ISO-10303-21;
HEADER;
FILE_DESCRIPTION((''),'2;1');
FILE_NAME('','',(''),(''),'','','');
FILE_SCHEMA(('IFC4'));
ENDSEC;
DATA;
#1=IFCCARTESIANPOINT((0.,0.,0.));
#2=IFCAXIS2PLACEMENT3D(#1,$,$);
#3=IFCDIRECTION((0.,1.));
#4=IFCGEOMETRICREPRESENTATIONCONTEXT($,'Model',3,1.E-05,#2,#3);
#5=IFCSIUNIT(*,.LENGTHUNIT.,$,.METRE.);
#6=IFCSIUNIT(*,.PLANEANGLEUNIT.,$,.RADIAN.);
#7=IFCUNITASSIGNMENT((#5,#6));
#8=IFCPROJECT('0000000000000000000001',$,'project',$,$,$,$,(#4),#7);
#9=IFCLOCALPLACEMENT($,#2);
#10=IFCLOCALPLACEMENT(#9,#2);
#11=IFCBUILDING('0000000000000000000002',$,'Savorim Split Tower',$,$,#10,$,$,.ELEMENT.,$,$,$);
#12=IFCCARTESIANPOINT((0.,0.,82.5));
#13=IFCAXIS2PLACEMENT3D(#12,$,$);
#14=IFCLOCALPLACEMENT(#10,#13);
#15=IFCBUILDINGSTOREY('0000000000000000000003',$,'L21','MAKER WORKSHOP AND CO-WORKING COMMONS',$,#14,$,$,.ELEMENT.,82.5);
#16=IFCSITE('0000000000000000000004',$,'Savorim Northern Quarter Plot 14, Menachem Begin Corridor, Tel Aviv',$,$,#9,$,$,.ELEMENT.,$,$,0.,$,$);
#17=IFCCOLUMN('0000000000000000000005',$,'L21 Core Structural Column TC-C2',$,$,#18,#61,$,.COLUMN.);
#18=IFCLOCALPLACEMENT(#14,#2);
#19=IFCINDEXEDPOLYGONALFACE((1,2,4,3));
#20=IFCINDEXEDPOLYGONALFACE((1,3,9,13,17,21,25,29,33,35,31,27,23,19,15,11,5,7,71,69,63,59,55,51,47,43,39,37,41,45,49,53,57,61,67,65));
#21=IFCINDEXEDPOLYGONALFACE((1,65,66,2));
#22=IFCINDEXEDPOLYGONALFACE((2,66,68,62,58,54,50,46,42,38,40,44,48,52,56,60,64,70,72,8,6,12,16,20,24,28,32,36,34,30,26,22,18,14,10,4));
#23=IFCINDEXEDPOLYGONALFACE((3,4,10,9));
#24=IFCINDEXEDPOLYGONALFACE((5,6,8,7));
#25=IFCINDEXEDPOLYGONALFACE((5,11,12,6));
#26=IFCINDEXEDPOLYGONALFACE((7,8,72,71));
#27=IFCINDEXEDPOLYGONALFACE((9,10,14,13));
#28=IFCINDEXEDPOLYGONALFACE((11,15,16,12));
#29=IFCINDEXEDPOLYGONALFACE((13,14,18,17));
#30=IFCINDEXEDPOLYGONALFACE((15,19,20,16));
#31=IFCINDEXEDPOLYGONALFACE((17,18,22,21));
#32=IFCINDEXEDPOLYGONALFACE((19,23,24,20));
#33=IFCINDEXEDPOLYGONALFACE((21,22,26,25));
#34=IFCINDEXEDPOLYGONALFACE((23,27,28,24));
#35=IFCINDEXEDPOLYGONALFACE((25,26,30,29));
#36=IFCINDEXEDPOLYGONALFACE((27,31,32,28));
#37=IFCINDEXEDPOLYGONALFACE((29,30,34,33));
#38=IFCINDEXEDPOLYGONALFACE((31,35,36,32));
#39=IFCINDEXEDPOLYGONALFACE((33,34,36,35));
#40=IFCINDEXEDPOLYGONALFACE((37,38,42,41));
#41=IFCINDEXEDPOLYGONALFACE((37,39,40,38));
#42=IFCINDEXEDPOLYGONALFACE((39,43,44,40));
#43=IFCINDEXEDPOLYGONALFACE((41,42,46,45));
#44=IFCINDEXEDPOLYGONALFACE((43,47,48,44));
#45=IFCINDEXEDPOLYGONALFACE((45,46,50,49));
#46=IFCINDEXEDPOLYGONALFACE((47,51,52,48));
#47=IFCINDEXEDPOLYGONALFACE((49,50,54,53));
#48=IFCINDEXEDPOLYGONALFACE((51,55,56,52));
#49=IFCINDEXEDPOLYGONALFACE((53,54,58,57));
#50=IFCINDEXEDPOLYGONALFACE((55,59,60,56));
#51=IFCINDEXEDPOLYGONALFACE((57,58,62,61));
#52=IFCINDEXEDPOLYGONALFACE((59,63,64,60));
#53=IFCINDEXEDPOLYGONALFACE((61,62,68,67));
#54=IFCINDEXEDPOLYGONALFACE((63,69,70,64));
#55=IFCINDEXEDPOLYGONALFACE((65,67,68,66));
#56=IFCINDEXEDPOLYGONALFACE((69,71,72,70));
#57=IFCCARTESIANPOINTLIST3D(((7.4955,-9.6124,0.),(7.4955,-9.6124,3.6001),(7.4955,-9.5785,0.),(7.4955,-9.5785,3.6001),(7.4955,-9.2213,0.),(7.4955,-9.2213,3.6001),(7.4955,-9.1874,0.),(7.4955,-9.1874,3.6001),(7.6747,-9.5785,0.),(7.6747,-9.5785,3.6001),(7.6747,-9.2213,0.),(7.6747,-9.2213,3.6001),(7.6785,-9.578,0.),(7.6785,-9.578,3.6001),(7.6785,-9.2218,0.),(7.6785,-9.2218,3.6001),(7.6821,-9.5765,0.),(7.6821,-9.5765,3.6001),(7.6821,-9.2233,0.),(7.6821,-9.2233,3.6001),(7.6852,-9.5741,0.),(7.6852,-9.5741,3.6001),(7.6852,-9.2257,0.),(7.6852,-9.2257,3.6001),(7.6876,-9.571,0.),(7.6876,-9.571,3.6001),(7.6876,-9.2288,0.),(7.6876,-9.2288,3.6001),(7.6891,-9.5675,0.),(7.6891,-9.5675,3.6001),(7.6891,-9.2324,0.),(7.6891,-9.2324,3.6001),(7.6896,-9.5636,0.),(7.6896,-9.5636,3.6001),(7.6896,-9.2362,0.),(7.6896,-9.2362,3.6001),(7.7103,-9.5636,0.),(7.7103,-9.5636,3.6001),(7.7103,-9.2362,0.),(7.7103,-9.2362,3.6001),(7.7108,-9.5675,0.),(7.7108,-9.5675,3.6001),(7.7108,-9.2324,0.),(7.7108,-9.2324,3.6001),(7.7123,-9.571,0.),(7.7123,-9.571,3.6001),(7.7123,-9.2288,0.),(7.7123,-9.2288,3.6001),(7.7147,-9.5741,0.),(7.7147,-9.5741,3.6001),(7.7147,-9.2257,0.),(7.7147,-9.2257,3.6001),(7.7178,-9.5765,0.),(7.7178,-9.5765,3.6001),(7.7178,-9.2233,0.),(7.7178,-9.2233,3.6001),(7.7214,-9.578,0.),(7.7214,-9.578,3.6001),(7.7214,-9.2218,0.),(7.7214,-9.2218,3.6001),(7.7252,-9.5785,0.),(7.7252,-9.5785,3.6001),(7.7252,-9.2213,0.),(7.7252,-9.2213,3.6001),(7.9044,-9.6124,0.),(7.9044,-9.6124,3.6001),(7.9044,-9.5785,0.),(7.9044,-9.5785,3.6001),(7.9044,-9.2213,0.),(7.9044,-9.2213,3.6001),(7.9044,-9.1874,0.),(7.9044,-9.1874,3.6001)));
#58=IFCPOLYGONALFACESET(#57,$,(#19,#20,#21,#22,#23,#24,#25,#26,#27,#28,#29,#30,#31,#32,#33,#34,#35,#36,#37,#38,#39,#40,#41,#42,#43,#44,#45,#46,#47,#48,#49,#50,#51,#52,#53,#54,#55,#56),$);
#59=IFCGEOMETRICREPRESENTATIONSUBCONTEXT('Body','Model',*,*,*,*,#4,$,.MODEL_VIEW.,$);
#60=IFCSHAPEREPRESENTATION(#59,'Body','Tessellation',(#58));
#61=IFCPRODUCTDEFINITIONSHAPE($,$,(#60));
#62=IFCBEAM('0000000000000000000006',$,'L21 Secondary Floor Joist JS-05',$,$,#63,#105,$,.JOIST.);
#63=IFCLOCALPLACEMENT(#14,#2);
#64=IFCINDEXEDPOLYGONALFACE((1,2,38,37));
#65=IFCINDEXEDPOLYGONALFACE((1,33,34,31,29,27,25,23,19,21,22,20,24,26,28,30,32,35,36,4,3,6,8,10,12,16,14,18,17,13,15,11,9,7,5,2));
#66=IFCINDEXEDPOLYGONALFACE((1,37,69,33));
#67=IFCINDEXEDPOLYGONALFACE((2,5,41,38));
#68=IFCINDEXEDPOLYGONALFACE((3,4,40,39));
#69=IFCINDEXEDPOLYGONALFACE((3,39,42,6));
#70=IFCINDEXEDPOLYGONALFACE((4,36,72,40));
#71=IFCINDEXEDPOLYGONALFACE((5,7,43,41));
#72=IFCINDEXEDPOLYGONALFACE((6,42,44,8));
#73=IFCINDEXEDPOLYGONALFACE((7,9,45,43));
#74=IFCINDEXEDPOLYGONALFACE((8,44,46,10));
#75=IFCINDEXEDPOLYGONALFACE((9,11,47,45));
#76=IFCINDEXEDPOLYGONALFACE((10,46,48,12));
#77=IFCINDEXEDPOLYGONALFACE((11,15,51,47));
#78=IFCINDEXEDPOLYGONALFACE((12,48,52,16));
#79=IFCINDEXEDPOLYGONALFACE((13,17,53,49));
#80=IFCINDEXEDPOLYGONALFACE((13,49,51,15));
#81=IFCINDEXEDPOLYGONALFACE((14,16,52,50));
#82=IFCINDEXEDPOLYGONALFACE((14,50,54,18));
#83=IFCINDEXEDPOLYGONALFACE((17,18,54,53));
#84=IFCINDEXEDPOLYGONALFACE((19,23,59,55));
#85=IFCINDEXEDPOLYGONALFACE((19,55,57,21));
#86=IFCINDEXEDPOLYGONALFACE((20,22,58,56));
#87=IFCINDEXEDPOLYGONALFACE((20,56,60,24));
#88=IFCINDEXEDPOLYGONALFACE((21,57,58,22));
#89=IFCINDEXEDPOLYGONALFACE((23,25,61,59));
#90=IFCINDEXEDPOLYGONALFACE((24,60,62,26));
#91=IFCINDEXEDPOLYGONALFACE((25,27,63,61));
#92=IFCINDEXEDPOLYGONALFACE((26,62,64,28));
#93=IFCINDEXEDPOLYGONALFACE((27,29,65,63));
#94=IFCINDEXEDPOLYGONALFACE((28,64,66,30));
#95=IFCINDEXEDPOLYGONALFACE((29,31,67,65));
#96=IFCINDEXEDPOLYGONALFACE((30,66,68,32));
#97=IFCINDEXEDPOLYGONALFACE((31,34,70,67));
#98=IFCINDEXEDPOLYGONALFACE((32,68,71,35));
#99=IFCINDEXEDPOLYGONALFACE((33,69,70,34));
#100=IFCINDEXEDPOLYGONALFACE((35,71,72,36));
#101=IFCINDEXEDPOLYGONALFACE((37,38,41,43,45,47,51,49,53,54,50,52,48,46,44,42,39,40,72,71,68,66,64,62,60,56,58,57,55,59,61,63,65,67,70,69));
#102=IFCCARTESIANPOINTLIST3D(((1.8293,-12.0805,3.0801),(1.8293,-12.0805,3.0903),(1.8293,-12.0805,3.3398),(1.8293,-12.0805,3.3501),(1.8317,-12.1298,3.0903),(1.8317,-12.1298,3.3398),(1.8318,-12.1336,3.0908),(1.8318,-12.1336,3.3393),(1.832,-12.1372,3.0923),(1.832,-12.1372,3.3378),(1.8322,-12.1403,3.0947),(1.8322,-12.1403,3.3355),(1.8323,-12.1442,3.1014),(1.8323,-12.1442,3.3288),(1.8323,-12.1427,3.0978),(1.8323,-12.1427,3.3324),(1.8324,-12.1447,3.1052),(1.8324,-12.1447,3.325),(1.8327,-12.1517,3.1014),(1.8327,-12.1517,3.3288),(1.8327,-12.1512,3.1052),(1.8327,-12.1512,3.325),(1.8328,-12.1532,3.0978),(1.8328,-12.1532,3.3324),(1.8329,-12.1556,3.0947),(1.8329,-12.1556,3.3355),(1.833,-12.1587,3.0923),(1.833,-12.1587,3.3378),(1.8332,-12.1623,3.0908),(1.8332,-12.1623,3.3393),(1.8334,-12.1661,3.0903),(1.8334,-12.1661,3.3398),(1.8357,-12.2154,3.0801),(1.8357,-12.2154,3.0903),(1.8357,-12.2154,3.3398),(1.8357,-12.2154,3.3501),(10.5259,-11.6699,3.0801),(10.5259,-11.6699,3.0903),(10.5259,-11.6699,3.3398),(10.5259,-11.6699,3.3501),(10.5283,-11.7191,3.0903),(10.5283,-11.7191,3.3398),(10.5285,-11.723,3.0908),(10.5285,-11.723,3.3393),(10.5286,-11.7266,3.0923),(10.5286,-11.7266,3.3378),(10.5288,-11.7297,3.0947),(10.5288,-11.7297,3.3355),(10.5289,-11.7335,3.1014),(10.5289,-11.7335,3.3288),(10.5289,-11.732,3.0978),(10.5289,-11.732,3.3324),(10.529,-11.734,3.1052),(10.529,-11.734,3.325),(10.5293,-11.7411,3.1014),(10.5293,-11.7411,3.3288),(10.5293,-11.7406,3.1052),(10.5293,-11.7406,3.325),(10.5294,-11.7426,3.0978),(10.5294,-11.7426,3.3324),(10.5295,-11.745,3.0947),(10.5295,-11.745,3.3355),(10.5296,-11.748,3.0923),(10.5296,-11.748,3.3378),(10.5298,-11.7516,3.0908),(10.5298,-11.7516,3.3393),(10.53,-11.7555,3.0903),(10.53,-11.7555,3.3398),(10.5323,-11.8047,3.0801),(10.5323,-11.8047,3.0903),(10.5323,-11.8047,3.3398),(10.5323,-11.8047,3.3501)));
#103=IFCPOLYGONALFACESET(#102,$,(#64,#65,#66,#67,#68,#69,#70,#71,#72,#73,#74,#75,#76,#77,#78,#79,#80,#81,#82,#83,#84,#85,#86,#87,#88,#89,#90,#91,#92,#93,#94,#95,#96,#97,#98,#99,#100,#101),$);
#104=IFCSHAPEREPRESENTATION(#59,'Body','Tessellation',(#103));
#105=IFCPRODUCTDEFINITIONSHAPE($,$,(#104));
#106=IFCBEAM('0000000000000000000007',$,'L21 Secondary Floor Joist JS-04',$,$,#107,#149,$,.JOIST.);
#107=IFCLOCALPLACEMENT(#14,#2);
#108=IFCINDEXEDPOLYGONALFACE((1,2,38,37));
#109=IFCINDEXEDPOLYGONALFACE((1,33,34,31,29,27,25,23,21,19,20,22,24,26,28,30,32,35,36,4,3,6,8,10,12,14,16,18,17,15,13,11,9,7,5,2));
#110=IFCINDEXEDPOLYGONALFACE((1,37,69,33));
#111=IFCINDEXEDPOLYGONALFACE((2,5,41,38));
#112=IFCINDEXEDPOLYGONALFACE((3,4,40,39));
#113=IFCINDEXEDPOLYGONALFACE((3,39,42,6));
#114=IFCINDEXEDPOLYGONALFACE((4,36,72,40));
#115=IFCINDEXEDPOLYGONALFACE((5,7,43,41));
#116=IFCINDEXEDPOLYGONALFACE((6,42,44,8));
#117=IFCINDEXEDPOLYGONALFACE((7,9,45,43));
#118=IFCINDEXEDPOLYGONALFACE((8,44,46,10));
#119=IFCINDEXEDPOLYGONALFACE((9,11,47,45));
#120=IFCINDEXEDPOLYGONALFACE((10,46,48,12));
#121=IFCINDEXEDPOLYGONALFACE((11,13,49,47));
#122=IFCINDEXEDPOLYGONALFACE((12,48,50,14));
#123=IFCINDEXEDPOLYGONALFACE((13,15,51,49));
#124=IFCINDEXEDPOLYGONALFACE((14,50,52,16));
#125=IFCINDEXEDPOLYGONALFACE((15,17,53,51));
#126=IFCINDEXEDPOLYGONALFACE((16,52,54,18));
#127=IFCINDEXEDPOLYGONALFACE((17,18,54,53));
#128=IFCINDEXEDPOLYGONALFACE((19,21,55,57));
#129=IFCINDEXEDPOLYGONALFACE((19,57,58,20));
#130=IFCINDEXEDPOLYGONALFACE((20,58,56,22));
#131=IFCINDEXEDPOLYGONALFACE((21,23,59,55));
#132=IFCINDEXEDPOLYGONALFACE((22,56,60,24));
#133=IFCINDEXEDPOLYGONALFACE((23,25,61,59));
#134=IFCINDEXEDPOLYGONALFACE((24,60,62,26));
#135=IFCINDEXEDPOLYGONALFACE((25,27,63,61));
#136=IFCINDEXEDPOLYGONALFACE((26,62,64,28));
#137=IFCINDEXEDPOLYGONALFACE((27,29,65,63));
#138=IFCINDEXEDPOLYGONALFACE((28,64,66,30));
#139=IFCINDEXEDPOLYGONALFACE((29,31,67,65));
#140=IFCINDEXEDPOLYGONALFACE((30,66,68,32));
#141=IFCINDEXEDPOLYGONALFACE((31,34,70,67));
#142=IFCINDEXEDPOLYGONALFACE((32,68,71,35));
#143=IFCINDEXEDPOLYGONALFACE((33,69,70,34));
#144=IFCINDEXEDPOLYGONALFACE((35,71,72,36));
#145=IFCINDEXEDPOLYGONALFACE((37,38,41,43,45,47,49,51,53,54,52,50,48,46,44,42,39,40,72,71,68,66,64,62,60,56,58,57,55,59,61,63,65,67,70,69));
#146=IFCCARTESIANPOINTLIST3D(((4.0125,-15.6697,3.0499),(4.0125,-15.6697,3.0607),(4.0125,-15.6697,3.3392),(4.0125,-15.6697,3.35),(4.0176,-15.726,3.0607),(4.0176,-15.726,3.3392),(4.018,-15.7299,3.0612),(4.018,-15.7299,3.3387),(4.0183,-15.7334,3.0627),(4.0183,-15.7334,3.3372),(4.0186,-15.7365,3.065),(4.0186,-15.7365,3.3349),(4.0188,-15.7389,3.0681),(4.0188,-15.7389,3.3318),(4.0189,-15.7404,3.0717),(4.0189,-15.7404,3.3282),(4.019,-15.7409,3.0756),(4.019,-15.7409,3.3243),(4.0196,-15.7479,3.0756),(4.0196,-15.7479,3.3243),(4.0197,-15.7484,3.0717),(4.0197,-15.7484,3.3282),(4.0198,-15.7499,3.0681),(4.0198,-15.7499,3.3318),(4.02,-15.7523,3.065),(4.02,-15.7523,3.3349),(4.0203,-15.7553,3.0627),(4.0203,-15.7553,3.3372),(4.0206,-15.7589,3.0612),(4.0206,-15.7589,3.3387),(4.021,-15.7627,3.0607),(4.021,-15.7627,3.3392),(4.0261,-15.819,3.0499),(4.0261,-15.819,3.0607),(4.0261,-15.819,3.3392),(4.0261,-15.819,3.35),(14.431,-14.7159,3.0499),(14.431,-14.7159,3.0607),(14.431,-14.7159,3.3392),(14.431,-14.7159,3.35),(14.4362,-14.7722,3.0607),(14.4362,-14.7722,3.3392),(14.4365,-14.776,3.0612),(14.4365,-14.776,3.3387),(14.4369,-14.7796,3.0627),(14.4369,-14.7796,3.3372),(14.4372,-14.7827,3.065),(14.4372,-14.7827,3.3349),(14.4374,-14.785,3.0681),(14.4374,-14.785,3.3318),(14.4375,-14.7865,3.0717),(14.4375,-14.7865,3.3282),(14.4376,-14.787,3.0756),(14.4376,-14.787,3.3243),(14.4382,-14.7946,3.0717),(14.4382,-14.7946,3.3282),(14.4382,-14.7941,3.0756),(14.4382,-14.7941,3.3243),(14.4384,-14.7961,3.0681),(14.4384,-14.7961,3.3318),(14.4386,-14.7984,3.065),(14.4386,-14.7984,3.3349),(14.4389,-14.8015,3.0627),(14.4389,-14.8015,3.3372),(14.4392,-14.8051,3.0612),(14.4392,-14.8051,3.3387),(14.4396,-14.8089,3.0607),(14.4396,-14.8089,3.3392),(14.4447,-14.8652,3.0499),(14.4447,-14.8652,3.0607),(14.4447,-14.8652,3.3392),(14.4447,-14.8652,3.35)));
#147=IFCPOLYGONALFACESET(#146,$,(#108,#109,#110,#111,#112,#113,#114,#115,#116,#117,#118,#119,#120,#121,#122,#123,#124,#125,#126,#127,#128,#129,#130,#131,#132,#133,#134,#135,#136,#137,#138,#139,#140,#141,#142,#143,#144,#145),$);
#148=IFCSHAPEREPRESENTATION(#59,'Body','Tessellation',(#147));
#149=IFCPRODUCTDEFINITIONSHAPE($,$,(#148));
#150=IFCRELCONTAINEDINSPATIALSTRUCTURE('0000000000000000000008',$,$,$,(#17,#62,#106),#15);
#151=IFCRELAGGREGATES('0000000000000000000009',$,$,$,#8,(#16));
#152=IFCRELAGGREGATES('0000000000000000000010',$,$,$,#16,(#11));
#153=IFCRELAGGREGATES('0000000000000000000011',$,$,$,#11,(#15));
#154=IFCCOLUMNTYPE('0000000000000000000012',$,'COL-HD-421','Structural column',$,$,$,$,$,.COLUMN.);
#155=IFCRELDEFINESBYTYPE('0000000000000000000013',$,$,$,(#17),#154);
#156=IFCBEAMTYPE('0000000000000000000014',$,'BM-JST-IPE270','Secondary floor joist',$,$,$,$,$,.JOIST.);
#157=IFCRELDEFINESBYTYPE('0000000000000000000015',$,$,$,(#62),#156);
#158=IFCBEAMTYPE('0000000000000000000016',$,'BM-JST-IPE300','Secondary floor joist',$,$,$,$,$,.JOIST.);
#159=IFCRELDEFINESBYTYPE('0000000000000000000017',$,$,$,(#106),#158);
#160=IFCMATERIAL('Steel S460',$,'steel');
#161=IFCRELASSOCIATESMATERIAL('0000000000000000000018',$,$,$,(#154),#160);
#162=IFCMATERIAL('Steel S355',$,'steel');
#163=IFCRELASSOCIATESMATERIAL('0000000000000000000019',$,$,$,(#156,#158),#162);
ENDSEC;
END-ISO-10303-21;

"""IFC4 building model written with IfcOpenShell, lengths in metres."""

from ifc_helpers import new_model, si_unit, direction, frame, origin, origin_2d, place, context, subcontext, project, spatial, i_section, extrude, material, material_profile, profile_set, type_object, element, save


model = new_model("IFC4")

# Units and contexts
model_context = context("Model", 3, precision=1e-05, world=origin(), true_north=direction((0.0, 1.0)))
body_context = subcontext(model_context, "Body", "Model", "MODEL_VIEW")
ifc_project = project(units=[si_unit("LENGTHUNIT", "METRE"), si_unit("PLANEANGLEUNIT", "RADIAN")], contexts=[model_context])

# Site, building, storey
site_placement = place(None, origin())
site = spatial("IfcSite", under=ifc_project, at=site_placement, Name="Savorim Northern Quarter Plot 14, Menachem Begin Corridor, Tel Aviv", CompositionType="ELEMENT", RefElevation=0.0)
building_placement = place(site_placement, origin())
building = spatial("IfcBuilding", under=site, at=building_placement, Name="Savorim Split Tower", CompositionType="ELEMENT")
storey_placement = place(building_placement, frame((0.0, 0.0, 82.5)))
storey = spatial("IfcBuildingStorey", under=building, at=storey_placement, Name="L21", Description="MAKER WORKSHOP AND CO-WORKING COMMONS", CompositionType="ELEMENT", Elevation=82.5)

# Column
ifc_material_1 = material(Name="Steel S460", Category="steel")
ifc_material_profile_1 = material_profile(ifc_material_1, i_section(OverallWidth=0.4089, OverallDepth=0.425, WebThickness=0.0208, FlangeThickness=0.0339, FilletRadius=0.0149, at=origin_2d()), Name="HD 400x421")
ifc_profile_set_1 = profile_set([ifc_material_profile_1], Name="Steel S460")
column_type = type_object("IfcColumnType", Name="COL-HD-421", Description="Structural column", PredefinedType="COLUMN", material=ifc_profile_set_1)
column_placement = place(storey_placement, frame((7.7, -9.3999, 0.0), z_axis=(0.0, 0.0, 1.0), x_axis=(1.0, 0.0, 0.0)))
element("IfcColumn", 1, at=column_placement, inside=storey, type_object=column_type, Name="L21 Core Structural Column TC-C2", PredefinedType="COLUMN", context=body_context, shape_type="SweptSolid", body=[
    extrude(i_section(OverallWidth=0.4089, OverallDepth=0.425, WebThickness=0.0208, FlangeThickness=0.0339, FilletRadius=0.0149, at=origin_2d()), origin(), (0.0, 0.0, 1.0), 3.6001),
])

# Beams
ifc_material_2 = material(Name="Steel S355", Category="steel")
ifc_material_profile_2 = material_profile(ifc_material_2, i_section(OverallWidth=0.135, OverallDepth=0.27, WebThickness=0.0066, FlangeThickness=0.0103, FilletRadius=0.0149, at=origin_2d()), Name="IPE 270")
ifc_profile_set_2 = profile_set([ifc_material_profile_2], Name="Steel S355")
beam_type_1 = type_object("IfcBeamType", Name="BM-JST-IPE270", Description="Secondary floor joist", PredefinedType="JOIST", material=ifc_profile_set_2)
beam_1_placement = place(storey_placement, frame((1.8325, -12.1479, 3.2151), z_axis=(0.998887, 0.047167, 0.0), x_axis=(-0.047167, 0.998887, 0.0)))
element("IfcBeam", 2, at=beam_1_placement, inside=storey, type_object=beam_type_1, Name="L21 Secondary Floor Joist JS-05", PredefinedType="JOIST", context=body_context, shape_type="SweptSolid", body=[
    extrude(i_section(OverallWidth=0.135, OverallDepth=0.27, WebThickness=0.0066, FlangeThickness=0.0103, FilletRadius=0.0149, at=origin_2d()), origin(), (0.0, 0.0, 1.0), 8.7063),
])
ifc_material_profile_3 = material_profile(ifc_material_2, i_section(OverallWidth=0.1499, OverallDepth=0.3, WebThickness=0.0071, FlangeThickness=0.0107, FilletRadius=0.0149, at=origin_2d()), Name="IPE 300")
ifc_profile_set_3 = profile_set([ifc_material_profile_3], Name="Steel S355")
beam_type_2 = type_object("IfcBeamType", Name="BM-JST-IPE300", Description="Secondary floor joist", PredefinedType="JOIST", material=ifc_profile_set_3)
beam_2_placement = place(storey_placement, frame((4.0193, -15.7444, 3.2), z_axis=(0.995835, 0.091171, 0.0), x_axis=(-0.091171, 0.995835, 0.0)))
element("IfcBeam", 3, at=beam_2_placement, inside=storey, type_object=beam_type_2, Name="L21 Secondary Floor Joist JS-04", PredefinedType="JOIST", context=body_context, shape_type="SweptSolid", body=[
    extrude(i_section(OverallWidth=0.1499, OverallDepth=0.3, WebThickness=0.0071, FlangeThickness=0.0107, FilletRadius=0.0149, at=origin_2d()), origin(), (0.0, 0.0, 1.0), 10.4622),
])

save(model, "model.ifc")
